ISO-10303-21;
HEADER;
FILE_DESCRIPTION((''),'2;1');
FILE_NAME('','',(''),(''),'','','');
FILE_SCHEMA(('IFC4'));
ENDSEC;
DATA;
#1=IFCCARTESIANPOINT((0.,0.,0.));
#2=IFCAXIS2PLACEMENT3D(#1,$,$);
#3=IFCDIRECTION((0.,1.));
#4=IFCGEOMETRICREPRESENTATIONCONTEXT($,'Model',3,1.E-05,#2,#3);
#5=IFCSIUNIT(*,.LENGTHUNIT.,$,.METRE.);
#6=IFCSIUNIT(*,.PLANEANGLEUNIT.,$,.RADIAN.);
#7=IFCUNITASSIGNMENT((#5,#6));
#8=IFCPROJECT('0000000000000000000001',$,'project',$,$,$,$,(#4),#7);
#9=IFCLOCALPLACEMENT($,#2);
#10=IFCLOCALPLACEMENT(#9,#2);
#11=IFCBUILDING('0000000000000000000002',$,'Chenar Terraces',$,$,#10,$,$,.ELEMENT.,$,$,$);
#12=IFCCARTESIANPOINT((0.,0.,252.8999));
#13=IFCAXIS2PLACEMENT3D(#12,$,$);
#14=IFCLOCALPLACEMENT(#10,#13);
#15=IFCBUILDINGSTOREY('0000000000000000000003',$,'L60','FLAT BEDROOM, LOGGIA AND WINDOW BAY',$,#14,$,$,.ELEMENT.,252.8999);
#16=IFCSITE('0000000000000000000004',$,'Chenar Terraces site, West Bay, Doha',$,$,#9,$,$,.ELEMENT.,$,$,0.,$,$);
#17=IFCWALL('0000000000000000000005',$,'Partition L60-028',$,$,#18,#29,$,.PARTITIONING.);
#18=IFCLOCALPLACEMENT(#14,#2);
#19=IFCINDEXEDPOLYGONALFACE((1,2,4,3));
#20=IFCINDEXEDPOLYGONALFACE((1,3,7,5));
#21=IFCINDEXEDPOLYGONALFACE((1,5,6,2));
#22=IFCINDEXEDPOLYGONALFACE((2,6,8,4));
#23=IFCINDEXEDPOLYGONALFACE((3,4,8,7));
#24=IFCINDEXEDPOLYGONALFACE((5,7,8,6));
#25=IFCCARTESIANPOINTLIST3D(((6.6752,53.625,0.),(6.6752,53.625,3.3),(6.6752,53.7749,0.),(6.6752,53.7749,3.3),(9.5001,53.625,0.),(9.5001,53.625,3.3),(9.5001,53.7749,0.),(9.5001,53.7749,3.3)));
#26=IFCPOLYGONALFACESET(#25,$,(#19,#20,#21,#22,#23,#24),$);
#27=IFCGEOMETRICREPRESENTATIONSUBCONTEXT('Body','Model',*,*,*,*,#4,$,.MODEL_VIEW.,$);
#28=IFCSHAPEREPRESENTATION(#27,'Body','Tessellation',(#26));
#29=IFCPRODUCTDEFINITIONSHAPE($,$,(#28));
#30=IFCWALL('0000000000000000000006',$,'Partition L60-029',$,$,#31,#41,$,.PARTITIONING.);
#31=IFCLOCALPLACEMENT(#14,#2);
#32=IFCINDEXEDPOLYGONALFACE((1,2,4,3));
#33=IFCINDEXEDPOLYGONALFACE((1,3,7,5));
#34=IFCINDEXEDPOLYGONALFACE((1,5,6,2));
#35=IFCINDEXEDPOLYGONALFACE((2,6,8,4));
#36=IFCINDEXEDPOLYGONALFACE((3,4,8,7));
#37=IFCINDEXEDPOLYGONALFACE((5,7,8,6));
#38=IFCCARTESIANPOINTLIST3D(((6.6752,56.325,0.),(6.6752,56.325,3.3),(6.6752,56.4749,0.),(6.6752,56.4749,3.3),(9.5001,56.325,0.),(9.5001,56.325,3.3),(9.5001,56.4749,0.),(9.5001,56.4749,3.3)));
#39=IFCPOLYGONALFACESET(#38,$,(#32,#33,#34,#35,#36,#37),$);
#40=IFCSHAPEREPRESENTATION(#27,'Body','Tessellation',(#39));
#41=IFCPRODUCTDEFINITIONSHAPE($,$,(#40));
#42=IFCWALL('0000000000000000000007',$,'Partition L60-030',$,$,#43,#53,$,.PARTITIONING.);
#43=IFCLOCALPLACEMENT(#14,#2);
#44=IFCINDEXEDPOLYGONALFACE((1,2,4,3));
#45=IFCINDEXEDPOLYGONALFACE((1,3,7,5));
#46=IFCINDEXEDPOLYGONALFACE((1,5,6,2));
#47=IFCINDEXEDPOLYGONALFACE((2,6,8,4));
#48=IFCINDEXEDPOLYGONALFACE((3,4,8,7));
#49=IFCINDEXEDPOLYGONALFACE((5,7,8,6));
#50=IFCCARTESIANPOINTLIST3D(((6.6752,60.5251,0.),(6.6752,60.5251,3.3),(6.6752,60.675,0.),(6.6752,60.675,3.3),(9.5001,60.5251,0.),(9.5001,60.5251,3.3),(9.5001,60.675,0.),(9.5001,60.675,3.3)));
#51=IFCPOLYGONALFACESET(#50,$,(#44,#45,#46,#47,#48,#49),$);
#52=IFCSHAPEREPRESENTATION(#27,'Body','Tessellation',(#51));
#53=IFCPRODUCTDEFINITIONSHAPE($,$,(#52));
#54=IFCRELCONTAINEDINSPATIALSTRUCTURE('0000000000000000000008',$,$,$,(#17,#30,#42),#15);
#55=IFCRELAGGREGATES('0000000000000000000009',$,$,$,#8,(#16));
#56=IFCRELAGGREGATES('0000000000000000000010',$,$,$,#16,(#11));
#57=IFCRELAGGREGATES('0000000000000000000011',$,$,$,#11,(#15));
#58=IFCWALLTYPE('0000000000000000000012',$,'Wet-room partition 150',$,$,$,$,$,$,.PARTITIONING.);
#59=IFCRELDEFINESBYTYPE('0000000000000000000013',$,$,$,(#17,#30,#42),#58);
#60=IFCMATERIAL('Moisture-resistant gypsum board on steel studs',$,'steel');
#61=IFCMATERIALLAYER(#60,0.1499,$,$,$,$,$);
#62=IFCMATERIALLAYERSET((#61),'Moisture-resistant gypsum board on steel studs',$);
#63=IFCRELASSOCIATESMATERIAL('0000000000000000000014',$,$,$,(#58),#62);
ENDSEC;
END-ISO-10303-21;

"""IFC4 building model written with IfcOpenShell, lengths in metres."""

from ifc_helpers import new_model, si_unit, direction, frame, frame_2d, origin, place, context, subcontext, project, spatial, rectangle, extrude, material, layer, layer_set, type_object, element, save


model = new_model("IFC4")

# Units and contexts
model_context = context("Model", 3, precision=1e-05, world=origin(), true_north=direction((0.0, 1.0)))
body_context = subcontext(model_context, "Body", "Model", "MODEL_VIEW")
ifc_project = project(units=[si_unit("LENGTHUNIT", "METRE"), si_unit("PLANEANGLEUNIT", "RADIAN")], contexts=[model_context])

# Site, building, storey
site_placement = place(None, origin())
site = spatial("IfcSite", under=ifc_project, at=site_placement, Name="Chenar Terraces site, West Bay, Doha", CompositionType="ELEMENT", RefElevation=0.0)
building_placement = place(site_placement, origin())
building = spatial("IfcBuilding", under=site, at=building_placement, Name="Chenar Terraces", CompositionType="ELEMENT")
storey_placement = place(building_placement, frame((0.0, 0.0, 252.8999)))
storey = spatial("IfcBuildingStorey", under=building, at=storey_placement, Name="L60", Description="FLAT BEDROOM, LOGGIA AND WINDOW BAY", CompositionType="ELEMENT", Elevation=252.8999)

# Shared definitions
ifc_material_1 = material(Name="Moisture-resistant gypsum board on steel studs", Category="steel")
ifc_layer_1 = layer(ifc_material_1, 0.1499)
ifc_layer_set_1 = layer_set([ifc_layer_1], Name="Moisture-resistant gypsum board on steel studs")
wall_type_1 = type_object("IfcWallType", Name="Wet-room partition 150", PredefinedType="PARTITIONING", material=ifc_layer_set_1)

# Walls
for number, where, z_axis, x_axis, name in (
    (1, (6.675, 53.7, 0.0), (0.0, 0.0, 1.0), (1.0, 0.0, 0.0), "Partition L60-028"),
    (2, (6.675, 56.3999, 0.0), (0.0, 0.0, 1.0), (1.0, 0.0, 0.0), "Partition L60-029"),
    (3, (6.675, 60.6001, 0.0), (0.0, 0.0, 1.0), (1.0, 0.0, 0.0), "Partition L60-030"),
):
    element("IfcWall", number, at=place(storey_placement, frame(where, z_axis=z_axis, x_axis=x_axis)), inside=storey, type_object=wall_type_1, Name=name, PredefinedType="PARTITIONING", context=body_context, shape_type="SweptSolid", body=[
        extrude(rectangle(XDim=2.825, YDim=0.1499, at=frame_2d((1.4126, 0.0))), origin(), (0.0, 0.0, 1.0), 3.3),
    ])

save(model, "model.ifc")
